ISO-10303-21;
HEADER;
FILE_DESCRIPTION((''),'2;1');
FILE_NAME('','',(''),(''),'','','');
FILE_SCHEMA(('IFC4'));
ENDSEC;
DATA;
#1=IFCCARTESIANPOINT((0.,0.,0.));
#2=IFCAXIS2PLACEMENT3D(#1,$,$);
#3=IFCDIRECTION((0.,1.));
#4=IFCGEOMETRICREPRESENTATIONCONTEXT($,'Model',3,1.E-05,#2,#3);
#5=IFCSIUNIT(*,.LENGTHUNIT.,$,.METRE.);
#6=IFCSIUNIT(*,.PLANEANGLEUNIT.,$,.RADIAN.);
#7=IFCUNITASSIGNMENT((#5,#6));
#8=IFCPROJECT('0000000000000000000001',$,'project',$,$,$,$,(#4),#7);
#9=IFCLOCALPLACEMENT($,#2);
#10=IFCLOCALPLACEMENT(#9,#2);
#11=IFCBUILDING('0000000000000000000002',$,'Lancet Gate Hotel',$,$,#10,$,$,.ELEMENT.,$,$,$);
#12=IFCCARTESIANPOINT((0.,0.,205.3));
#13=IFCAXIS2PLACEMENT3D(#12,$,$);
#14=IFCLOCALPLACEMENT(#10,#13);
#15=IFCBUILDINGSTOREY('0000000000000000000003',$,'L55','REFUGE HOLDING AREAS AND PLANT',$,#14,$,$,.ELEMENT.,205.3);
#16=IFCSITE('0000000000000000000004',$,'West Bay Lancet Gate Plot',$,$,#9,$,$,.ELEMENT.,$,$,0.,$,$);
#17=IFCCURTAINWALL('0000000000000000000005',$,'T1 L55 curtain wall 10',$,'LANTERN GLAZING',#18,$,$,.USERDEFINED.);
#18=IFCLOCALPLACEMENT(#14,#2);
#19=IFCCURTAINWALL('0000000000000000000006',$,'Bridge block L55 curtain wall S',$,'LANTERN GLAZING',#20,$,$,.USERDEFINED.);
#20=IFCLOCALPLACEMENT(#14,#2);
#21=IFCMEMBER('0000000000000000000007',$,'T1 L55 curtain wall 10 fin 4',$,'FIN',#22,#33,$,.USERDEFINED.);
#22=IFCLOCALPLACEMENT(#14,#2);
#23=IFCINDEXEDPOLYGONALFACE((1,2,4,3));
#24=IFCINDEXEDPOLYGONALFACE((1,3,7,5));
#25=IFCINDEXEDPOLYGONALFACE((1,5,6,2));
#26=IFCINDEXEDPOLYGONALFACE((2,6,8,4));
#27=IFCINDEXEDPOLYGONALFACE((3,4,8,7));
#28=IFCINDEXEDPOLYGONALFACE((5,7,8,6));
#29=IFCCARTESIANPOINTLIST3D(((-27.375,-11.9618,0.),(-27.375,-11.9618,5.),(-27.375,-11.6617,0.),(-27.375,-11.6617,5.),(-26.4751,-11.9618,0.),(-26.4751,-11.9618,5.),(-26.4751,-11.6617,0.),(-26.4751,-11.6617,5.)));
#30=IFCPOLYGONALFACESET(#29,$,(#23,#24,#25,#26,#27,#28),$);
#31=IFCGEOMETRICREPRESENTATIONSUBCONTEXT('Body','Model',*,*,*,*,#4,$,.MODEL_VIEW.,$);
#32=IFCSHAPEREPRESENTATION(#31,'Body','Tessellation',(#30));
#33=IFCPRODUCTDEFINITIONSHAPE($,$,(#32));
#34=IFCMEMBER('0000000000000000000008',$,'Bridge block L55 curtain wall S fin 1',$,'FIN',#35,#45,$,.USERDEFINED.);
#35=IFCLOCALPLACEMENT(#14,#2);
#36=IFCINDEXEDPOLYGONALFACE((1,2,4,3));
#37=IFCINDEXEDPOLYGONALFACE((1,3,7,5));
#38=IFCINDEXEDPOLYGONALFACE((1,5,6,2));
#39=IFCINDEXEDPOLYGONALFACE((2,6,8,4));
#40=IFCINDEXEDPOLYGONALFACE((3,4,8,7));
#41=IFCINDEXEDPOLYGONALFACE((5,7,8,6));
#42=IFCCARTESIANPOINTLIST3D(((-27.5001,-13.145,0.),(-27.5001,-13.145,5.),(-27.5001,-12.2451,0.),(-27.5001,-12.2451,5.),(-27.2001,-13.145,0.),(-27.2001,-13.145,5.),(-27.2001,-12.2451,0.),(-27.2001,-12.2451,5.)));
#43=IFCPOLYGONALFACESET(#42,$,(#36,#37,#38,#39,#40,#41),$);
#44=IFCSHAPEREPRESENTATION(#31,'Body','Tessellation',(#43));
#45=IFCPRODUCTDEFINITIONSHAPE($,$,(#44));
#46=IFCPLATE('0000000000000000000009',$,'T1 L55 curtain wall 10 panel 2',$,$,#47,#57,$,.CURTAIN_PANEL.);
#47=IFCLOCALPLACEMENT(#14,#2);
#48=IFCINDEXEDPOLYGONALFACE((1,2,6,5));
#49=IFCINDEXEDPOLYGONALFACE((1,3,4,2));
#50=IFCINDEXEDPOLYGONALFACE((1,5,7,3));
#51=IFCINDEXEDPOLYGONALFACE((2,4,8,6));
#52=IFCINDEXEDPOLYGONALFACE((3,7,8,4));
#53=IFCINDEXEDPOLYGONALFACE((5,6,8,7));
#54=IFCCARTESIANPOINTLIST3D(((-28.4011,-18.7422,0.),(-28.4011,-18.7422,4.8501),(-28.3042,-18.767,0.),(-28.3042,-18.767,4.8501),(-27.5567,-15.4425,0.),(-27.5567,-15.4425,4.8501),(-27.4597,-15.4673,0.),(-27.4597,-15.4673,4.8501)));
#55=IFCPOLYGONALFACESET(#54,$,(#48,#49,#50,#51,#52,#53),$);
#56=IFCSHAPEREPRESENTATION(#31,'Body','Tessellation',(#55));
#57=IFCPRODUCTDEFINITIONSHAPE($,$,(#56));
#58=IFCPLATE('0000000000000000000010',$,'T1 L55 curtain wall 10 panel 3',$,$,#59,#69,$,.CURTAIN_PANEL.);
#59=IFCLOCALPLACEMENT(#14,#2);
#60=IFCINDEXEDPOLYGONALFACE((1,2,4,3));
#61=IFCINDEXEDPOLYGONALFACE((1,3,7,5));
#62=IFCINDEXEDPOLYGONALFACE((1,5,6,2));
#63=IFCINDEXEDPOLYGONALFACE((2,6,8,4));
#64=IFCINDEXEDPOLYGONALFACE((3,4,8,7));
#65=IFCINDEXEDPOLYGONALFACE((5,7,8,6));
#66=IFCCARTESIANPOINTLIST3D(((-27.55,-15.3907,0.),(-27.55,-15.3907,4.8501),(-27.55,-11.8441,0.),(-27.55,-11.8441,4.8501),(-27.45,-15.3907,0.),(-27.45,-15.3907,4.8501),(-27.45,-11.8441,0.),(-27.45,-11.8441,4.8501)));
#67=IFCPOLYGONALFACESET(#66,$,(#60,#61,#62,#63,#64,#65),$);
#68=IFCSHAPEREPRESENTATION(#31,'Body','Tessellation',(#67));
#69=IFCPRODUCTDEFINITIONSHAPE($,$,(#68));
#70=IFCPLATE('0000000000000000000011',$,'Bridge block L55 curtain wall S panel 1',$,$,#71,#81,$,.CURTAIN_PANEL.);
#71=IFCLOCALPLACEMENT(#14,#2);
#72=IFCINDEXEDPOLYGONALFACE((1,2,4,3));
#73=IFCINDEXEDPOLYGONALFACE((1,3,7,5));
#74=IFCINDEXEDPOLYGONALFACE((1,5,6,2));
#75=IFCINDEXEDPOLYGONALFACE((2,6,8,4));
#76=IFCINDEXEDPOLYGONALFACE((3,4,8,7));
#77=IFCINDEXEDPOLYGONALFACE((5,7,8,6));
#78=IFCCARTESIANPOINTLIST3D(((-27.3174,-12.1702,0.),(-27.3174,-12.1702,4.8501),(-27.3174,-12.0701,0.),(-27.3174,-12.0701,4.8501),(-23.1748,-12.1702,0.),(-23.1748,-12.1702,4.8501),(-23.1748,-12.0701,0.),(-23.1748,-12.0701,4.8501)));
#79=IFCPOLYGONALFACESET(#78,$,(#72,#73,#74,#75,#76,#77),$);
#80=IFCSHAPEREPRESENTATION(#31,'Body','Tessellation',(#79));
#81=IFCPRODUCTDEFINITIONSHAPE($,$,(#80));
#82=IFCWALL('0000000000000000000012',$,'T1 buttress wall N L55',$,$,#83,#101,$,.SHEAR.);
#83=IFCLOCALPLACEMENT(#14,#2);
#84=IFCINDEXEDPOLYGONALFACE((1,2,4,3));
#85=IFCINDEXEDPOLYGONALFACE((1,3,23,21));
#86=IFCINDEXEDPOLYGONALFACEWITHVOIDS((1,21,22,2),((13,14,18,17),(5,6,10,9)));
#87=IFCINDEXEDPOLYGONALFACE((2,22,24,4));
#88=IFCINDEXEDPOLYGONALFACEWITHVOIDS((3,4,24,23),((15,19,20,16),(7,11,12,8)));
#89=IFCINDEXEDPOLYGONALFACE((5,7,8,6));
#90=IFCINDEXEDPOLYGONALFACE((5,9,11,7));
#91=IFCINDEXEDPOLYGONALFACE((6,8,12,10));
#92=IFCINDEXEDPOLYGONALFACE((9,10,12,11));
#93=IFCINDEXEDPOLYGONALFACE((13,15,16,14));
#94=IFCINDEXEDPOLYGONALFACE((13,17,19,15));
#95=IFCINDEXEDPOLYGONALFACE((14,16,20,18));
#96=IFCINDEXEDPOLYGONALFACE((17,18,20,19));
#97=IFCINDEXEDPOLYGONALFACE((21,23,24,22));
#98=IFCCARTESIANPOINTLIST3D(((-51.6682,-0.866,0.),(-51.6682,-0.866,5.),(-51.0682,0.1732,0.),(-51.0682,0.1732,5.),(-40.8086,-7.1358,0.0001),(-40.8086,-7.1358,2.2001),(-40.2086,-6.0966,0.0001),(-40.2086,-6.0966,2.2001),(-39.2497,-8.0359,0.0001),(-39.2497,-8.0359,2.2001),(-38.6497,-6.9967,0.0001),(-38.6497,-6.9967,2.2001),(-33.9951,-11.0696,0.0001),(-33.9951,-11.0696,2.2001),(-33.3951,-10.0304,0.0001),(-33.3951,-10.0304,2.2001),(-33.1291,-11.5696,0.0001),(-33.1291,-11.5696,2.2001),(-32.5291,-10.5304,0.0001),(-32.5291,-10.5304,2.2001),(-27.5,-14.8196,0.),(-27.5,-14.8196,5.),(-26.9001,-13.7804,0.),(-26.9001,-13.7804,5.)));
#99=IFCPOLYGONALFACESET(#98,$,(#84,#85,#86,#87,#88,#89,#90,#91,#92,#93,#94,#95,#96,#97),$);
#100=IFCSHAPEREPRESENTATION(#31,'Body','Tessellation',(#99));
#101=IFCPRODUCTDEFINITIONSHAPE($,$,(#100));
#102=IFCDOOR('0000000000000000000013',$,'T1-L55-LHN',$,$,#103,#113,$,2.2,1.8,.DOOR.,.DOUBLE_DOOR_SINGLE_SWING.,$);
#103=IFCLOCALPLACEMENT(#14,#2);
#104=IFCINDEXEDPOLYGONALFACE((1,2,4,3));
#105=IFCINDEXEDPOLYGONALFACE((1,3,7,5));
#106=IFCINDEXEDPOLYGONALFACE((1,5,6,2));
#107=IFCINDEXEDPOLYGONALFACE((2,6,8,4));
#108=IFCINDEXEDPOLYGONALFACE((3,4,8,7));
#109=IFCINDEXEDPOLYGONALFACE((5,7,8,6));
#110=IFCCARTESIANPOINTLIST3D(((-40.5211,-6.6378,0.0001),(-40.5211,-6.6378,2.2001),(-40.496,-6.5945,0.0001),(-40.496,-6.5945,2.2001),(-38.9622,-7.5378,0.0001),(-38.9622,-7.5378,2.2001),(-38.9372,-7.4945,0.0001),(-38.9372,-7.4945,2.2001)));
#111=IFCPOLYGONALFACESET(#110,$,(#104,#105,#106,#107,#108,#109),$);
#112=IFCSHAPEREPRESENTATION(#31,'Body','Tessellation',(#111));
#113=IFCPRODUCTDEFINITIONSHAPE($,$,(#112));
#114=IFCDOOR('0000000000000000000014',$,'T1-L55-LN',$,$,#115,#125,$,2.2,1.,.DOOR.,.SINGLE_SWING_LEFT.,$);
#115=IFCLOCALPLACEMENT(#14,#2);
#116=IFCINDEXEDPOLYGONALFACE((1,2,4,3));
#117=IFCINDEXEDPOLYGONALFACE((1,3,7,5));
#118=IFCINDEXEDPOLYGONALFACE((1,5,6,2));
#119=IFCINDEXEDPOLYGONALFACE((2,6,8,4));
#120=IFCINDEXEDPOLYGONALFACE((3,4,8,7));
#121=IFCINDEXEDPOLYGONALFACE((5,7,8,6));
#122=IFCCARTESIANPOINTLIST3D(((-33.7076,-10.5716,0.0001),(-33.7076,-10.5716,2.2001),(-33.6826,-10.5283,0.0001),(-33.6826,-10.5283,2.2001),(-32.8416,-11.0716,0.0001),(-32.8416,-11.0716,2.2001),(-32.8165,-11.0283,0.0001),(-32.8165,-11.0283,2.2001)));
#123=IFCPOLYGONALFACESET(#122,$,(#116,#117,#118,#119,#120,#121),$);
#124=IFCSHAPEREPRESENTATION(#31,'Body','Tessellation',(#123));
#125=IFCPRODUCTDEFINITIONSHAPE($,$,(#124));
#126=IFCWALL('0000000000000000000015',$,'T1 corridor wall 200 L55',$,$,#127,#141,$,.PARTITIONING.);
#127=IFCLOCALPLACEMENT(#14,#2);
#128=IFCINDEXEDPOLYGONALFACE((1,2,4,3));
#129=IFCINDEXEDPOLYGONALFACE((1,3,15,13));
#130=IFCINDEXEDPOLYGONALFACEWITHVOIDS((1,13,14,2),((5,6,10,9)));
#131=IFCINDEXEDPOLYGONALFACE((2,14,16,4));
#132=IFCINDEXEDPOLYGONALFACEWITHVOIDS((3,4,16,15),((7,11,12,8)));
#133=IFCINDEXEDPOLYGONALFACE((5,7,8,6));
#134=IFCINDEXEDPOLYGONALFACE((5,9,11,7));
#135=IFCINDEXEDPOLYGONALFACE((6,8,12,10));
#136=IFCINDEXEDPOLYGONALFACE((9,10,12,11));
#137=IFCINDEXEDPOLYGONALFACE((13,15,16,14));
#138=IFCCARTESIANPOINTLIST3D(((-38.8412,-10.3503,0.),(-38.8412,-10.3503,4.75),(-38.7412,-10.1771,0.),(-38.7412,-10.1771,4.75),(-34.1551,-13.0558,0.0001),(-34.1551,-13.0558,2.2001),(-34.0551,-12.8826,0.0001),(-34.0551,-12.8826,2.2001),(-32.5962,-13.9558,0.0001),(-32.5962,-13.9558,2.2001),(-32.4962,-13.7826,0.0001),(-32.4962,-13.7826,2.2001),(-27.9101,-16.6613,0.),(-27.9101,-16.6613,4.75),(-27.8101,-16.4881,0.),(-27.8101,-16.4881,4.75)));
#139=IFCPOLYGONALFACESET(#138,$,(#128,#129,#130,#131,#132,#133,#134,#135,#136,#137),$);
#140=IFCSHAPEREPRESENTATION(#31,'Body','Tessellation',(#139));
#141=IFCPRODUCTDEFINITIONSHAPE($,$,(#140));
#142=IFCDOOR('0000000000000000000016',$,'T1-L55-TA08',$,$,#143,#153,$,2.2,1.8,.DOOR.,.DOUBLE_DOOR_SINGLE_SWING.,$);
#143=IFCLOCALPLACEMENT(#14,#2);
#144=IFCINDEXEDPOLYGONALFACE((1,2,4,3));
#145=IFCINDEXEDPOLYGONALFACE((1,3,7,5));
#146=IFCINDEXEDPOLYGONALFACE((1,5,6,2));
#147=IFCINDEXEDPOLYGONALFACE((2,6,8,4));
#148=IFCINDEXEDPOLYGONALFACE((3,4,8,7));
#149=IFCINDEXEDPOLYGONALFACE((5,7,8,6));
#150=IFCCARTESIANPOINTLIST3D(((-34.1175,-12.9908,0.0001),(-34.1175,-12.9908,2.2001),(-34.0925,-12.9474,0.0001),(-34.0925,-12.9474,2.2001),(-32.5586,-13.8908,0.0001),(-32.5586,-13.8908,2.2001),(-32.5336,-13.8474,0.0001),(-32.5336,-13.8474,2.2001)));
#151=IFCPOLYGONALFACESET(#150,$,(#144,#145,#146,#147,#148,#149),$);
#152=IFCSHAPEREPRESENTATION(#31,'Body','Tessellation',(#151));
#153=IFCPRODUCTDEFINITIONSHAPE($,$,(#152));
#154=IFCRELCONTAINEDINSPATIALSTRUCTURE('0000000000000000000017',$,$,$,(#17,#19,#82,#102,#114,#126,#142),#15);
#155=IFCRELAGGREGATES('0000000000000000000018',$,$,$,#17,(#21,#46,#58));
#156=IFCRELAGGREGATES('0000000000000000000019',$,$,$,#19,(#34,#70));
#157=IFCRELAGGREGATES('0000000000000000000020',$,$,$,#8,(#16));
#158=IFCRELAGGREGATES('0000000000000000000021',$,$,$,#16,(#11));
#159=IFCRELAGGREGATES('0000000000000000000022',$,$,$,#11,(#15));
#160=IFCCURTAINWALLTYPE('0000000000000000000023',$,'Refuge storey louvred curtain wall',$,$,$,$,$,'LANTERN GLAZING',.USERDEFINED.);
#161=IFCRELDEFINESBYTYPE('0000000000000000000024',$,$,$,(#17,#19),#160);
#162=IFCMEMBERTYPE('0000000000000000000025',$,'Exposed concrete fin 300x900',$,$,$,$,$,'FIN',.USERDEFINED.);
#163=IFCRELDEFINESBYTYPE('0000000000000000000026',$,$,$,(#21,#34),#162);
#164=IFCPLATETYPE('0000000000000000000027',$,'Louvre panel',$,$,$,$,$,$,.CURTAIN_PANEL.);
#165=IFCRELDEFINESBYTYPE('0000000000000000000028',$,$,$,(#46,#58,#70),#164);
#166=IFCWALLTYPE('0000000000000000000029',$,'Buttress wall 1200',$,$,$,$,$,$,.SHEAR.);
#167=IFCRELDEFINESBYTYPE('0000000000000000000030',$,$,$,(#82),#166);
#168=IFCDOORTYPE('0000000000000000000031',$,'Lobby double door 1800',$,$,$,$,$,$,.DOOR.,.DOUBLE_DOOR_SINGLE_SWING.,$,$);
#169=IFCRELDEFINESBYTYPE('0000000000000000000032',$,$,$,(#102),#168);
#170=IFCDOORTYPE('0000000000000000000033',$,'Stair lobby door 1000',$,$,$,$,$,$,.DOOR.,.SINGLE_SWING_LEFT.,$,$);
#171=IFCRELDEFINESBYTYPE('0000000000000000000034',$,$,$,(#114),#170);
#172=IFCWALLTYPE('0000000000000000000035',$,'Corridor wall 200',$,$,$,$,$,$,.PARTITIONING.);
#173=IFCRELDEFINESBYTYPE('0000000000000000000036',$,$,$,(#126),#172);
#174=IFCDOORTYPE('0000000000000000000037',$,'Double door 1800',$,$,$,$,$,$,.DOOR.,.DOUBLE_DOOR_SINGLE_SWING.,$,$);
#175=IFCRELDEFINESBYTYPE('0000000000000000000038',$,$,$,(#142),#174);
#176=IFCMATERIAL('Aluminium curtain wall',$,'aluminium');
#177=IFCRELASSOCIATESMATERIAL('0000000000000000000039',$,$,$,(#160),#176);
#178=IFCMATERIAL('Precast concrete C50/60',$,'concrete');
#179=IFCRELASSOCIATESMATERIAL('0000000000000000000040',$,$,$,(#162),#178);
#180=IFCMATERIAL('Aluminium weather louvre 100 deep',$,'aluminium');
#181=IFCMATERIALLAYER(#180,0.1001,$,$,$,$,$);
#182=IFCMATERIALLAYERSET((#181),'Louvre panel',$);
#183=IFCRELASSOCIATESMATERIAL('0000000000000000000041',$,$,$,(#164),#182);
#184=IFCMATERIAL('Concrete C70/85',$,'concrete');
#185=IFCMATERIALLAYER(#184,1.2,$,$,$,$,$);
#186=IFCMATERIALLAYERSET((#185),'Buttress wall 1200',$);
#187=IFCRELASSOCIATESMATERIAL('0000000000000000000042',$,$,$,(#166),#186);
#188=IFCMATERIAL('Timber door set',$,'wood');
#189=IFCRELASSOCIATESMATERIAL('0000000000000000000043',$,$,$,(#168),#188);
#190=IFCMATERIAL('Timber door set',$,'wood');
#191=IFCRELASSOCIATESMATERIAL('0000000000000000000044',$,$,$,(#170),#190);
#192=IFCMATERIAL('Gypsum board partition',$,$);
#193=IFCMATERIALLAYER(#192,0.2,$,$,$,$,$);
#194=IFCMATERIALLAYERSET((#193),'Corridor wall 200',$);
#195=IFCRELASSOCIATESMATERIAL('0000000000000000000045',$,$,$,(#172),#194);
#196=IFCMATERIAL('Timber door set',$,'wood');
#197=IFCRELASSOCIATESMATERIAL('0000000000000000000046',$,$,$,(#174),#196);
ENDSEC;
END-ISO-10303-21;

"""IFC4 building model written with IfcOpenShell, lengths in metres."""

from ifc_helpers import new_model, si_unit, direction, frame, frame_2d, origin, origin_2d, place, context, subcontext, project, spatial, rectangle, extrude, material, layer, layer_set, material_profile, profile_set, type_object, element, fill, aggregate, save


model = new_model("IFC4")

# Units and contexts
model_context = context("Model", 3, precision=1e-05, world=origin(), true_north=direction((0.0, 1.0)))
body_context = subcontext(model_context, "Body", "Model", "MODEL_VIEW")
ifc_project = project(units=[si_unit("LENGTHUNIT", "METRE"), si_unit("PLANEANGLEUNIT", "RADIAN")], contexts=[model_context])

# Site, building, storey
site_placement = place(None, origin())
site = spatial("IfcSite", under=ifc_project, at=site_placement, Name="West Bay Lancet Gate Plot", CompositionType="ELEMENT", RefElevation=0.0)
building_placement = place(site_placement, origin())
building = spatial("IfcBuilding", under=site, at=building_placement, Name="Lancet Gate Hotel", CompositionType="ELEMENT")
storey_placement = place(building_placement, frame((0.0, 0.0, 205.3)))
storey = spatial("IfcBuildingStorey", under=building, at=storey_placement, Name="L55", Description="REFUGE HOLDING AREAS AND PLANT", CompositionType="ELEMENT", Elevation=205.3)

# Curtain walls
ifc_material_1 = material(Name="Aluminium curtain wall", Category="aluminium")
curtain_wall_type = type_object("IfcCurtainWallType", Name="Refuge storey louvred curtain wall", ElementType="LANTERN GLAZING", PredefinedType="USERDEFINED", material=ifc_material_1)
curtain_wall_1_placement = place(storey_placement, origin())
curtain_wall_1 = element("IfcCurtainWall", 1, at=curtain_wall_1_placement, inside=storey, type_object=curtain_wall_type, Name="T1 L55 curtain wall 10", ObjectType="LANTERN GLAZING", PredefinedType="USERDEFINED")
curtain_wall_2_placement = place(storey_placement, origin())
curtain_wall_2 = element("IfcCurtainWall", 2, at=curtain_wall_2_placement, inside=storey, type_object=curtain_wall_type, Name="Bridge block L55 curtain wall S", ObjectType="LANTERN GLAZING", PredefinedType="USERDEFINED")

# Members
ifc_material_2 = material(Name="Precast concrete C50/60", Category="concrete")
ifc_material_profile_1 = material_profile(ifc_material_2, rectangle(XDim=0.3, YDim=0.8999, at=origin_2d()), Name="FIN 300x900")
ifc_profile_set_1 = profile_set([ifc_material_profile_1], Name="Precast concrete C50/60")
member_type_1 = type_object("IfcMemberType", Name="Exposed concrete fin 300x900", ElementType="FIN", PredefinedType="USERDEFINED", material=ifc_profile_set_1)
member_1_placement = place(storey_placement, frame((-26.925, -11.8118, 0.0), z_axis=(0.0, 0.0, 1.0), x_axis=(0.0, 1.0, 0.0)))
member_1 = element("IfcMember", 3, at=member_1_placement, type_object=member_type_1, Name="T1 L55 curtain wall 10 fin 4", ObjectType="FIN", PredefinedType="USERDEFINED", context=body_context, shape_type="SweptSolid", body=[
    extrude(rectangle(XDim=0.3, YDim=0.8999, at=origin_2d()), origin(), (0.0, 0.0, 1.0), 5.0),
])
member_2_placement = place(storey_placement, frame((-27.3501, -12.6951, 0.0), z_axis=(0.0, 0.0, 1.0), x_axis=(1.0, 0.0, 0.0)))
member_2 = element("IfcMember", 4, at=member_2_placement, type_object=member_type_1, Name="Bridge block L55 curtain wall S fin 1", ObjectType="FIN", PredefinedType="USERDEFINED", context=body_context, shape_type="SweptSolid", body=[
    extrude(rectangle(XDim=0.3, YDim=0.8999, at=origin_2d()), origin(), (0.0, 0.0, 1.0), 5.0),
])

# Plates
ifc_material_3 = material(Name="Aluminium weather louvre 100 deep", Category="aluminium")
ifc_layer_1 = layer(ifc_material_3, 0.1001)
ifc_layer_set_1 = layer_set([ifc_layer_1], Name="Louvre panel")
plate_type = type_object("IfcPlateType", Name="Louvre panel", PredefinedType="CURTAIN_PANEL", material=ifc_layer_set_1)
plate_1_placement = place(storey_placement, frame((-27.9304, -17.1047, 0.0), z_axis=(0.0, 0.0, 1.0), x_axis=(0.247937, 0.968776, 0.0)))
plate_1 = element("IfcPlate", 5, at=plate_1_placement, type_object=plate_type, Name="T1 L55 curtain wall 10 panel 2", PredefinedType="CURTAIN_PANEL", context=body_context, shape_type="SweptSolid", body=[
    extrude(rectangle(XDim=3.406, YDim=0.1001, at=origin_2d()), origin(), (0.0, 0.0, 1.0), 4.8501),
])
plate_2_placement = place(storey_placement, frame((-27.5, -13.6174, 0.0), z_axis=(0.0, 0.0, 1.0), x_axis=(0.0, 1.0, 0.0)))
plate_2 = element("IfcPlate", 6, at=plate_2_placement, type_object=plate_type, Name="T1 L55 curtain wall 10 panel 3", PredefinedType="CURTAIN_PANEL", context=body_context, shape_type="SweptSolid", body=[
    extrude(rectangle(XDim=3.5466, YDim=0.1001, at=origin_2d()), origin(), (0.0, 0.0, 1.0), 4.8501),
])
aggregate(curtain_wall_1, [member_1, plate_1, plate_2])
plate_3_placement = place(storey_placement, frame((-25.2461, -12.1201, 0.0), z_axis=(0.0, 0.0, 1.0), x_axis=(1.0, 0.0, 0.0)))
plate_3 = element("IfcPlate", 7, at=plate_3_placement, type_object=plate_type, Name="Bridge block L55 curtain wall S panel 1", PredefinedType="CURTAIN_PANEL", context=body_context, shape_type="SweptSolid", body=[
    extrude(rectangle(XDim=4.1426, YDim=0.1001, at=origin_2d()), origin(), (0.0, 0.0, 1.0), 4.8501),
])
aggregate(curtain_wall_2, [member_2, plate_3])

# Wall, openings, doors
ifc_material_4 = material(Name="Concrete C70/85", Category="concrete")
ifc_layer_2 = layer(ifc_material_4, 1.2)
ifc_layer_set_2 = layer_set([ifc_layer_2], Name="Buttress wall 1200")
wall_type_1 = type_object("IfcWallType", Name="Buttress wall 1200", PredefinedType="SHEAR", material=ifc_layer_set_2)
wall_1_placement = place(storey_placement, frame((-27.2, -14.3, 0.0), z_axis=(0.0, 0.0, 1.0), x_axis=(-0.866024, 0.500002, 0.0)))
wall_1 = element("IfcWall", 8, at=wall_1_placement, inside=storey, type_object=wall_type_1, Name="T1 buttress wall N L55", PredefinedType="SHEAR", context=body_context, shape_type="SweptSolid", body=[
    extrude(rectangle(XDim=27.907, YDim=1.2, at=frame_2d((13.9536, 0.0))), origin(), (0.0, 0.0, 1.0), 5.0),
])
opening_1_placement = place(wall_1_placement, frame((6.5, 0.0, 0.0)))
opening_1 = element("IfcOpeningElement", 9, at=opening_1_placement, cuts=wall_1, PredefinedType="OPENING", context=body_context, shape_type="SweptSolid", body=[
    extrude(rectangle(XDim=1.0, YDim=2.2, at=frame_2d((0.5, 1.1001))), frame((0.0, 0.6099, 0.0), z_axis=(0.0, -1.0, 0.0), x_axis=(1.0, 0.0, 0.0)), (0.0, 0.0, 1.0), 1.22),
])
opening_2_placement = place(wall_1_placement, frame((13.5676, 0.0, 0.0)))
opening_2 = element("IfcOpeningElement", 10, at=opening_2_placement, cuts=wall_1, PredefinedType="OPENING", context=body_context, shape_type="SweptSolid", body=[
    extrude(rectangle(XDim=1.8, YDim=2.2, at=frame_2d((0.8999, 1.1001))), frame((0.0, 0.6099, 0.0), z_axis=(0.0, -1.0, 0.0), x_axis=(1.0, 0.0, 0.0)), (0.0, 0.0, 1.0), 1.22),
])
ifc_material_5 = material(Name="Timber door set", Category="wood")
door_type_1 = type_object("IfcDoorType", Name="Lobby double door 1800", OperationType="DOUBLE_DOOR_SINGLE_SWING", PredefinedType="DOOR", material=ifc_material_5)
door_1_placement = place(opening_2_placement, origin())
door_1 = element("IfcDoor", 11, at=door_1_placement, inside=storey, type_object=door_type_1, Name="T1-L55-LHN", OperationType="DOUBLE_DOOR_SINGLE_SWING", OverallHeight=2.2, OverallWidth=1.8, PredefinedType="DOOR", context=body_context, shape_type="SweptSolid", body=[
    extrude(rectangle(XDim=1.8, YDim=2.2, at=frame_2d((0.8999, 1.1001))), frame((0.0, 0.0249, 0.0), z_axis=(0.0, -1.0, 0.0), x_axis=(1.0, 0.0, 0.0)), (0.0, 0.0, 1.0), 0.05),
])
fill(opening_2, door_1)
ifc_material_6 = material(Name="Timber door set", Category="wood")
door_type_2 = type_object("IfcDoorType", Name="Stair lobby door 1000", OperationType="SINGLE_SWING_LEFT", PredefinedType="DOOR", material=ifc_material_6)
door_2_placement = place(opening_1_placement, origin())
door_2 = element("IfcDoor", 12, at=door_2_placement, inside=storey, type_object=door_type_2, Name="T1-L55-LN", OperationType="SINGLE_SWING_LEFT", OverallHeight=2.2, OverallWidth=1.0, PredefinedType="DOOR", context=body_context, shape_type="SweptSolid", body=[
    extrude(rectangle(XDim=1.0, YDim=2.2, at=frame_2d((0.5, 1.1001))), frame((0.0, 0.0249, 0.0), z_axis=(0.0, -1.0, 0.0), x_axis=(1.0, 0.0, 0.0)), (0.0, 0.0, 1.0), 0.05),
])
fill(opening_1, door_2)

# Wall, opening, door
ifc_material_7 = material(Name="Gypsum board partition")
ifc_layer_3 = layer(ifc_material_7, 0.2)
ifc_layer_set_3 = layer_set([ifc_layer_3], Name="Corridor wall 200")
wall_type_2 = type_object("IfcWallType", Name="Corridor wall 200", PredefinedType="PARTITIONING", material=ifc_layer_set_3)
wall_2_placement = place(storey_placement, frame((-27.8601, -16.5747, 0.0), z_axis=(0.0, 0.0, 1.0), x_axis=(-0.866028, 0.499996, 0.0)))
wall_2 = element("IfcWall", 13, at=wall_2_placement, inside=storey, type_object=wall_type_2, Name="T1 corridor wall 200 L55", PredefinedType="PARTITIONING", context=body_context, shape_type="SweptSolid", body=[
    extrude(rectangle(XDim=12.6221, YDim=0.2, at=frame_2d((6.311, 0.0))), origin(), (0.0, 0.0, 1.0), 4.75),
])
opening_3_placement = place(wall_2_placement, frame((5.4111, 0.0, 0.0)))
opening_3 = element("IfcOpeningElement", 14, at=opening_3_placement, cuts=wall_2, PredefinedType="OPENING", context=body_context, shape_type="SweptSolid", body=[
    extrude(rectangle(XDim=1.8, YDim=2.2, at=frame_2d((0.8999, 1.1001))), frame((0.0, 0.1099, 0.0), z_axis=(0.0, -1.0, 0.0), x_axis=(1.0, 0.0, 0.0)), (0.0, 0.0, 1.0), 0.22),
])
ifc_material_8 = material(Name="Timber door set", Category="wood")
door_type_3 = type_object("IfcDoorType", Name="Double door 1800", OperationType="DOUBLE_DOOR_SINGLE_SWING", PredefinedType="DOOR", material=ifc_material_8)
door_3_placement = place(opening_3_placement, origin())
door_3 = element("IfcDoor", 15, at=door_3_placement, inside=storey, type_object=door_type_3, Name="T1-L55-TA08", OperationType="DOUBLE_DOOR_SINGLE_SWING", OverallHeight=2.2, OverallWidth=1.8, PredefinedType="DOOR", context=body_context, shape_type="SweptSolid", body=[
    extrude(rectangle(XDim=1.8, YDim=2.2, at=frame_2d((0.8999, 1.1001))), frame((0.0, 0.0249, 0.0), z_axis=(0.0, -1.0, 0.0), x_axis=(1.0, 0.0, 0.0)), (0.0, 0.0, 1.0), 0.05),
])
fill(opening_3, door_3)

save(model, "model.ifc")
